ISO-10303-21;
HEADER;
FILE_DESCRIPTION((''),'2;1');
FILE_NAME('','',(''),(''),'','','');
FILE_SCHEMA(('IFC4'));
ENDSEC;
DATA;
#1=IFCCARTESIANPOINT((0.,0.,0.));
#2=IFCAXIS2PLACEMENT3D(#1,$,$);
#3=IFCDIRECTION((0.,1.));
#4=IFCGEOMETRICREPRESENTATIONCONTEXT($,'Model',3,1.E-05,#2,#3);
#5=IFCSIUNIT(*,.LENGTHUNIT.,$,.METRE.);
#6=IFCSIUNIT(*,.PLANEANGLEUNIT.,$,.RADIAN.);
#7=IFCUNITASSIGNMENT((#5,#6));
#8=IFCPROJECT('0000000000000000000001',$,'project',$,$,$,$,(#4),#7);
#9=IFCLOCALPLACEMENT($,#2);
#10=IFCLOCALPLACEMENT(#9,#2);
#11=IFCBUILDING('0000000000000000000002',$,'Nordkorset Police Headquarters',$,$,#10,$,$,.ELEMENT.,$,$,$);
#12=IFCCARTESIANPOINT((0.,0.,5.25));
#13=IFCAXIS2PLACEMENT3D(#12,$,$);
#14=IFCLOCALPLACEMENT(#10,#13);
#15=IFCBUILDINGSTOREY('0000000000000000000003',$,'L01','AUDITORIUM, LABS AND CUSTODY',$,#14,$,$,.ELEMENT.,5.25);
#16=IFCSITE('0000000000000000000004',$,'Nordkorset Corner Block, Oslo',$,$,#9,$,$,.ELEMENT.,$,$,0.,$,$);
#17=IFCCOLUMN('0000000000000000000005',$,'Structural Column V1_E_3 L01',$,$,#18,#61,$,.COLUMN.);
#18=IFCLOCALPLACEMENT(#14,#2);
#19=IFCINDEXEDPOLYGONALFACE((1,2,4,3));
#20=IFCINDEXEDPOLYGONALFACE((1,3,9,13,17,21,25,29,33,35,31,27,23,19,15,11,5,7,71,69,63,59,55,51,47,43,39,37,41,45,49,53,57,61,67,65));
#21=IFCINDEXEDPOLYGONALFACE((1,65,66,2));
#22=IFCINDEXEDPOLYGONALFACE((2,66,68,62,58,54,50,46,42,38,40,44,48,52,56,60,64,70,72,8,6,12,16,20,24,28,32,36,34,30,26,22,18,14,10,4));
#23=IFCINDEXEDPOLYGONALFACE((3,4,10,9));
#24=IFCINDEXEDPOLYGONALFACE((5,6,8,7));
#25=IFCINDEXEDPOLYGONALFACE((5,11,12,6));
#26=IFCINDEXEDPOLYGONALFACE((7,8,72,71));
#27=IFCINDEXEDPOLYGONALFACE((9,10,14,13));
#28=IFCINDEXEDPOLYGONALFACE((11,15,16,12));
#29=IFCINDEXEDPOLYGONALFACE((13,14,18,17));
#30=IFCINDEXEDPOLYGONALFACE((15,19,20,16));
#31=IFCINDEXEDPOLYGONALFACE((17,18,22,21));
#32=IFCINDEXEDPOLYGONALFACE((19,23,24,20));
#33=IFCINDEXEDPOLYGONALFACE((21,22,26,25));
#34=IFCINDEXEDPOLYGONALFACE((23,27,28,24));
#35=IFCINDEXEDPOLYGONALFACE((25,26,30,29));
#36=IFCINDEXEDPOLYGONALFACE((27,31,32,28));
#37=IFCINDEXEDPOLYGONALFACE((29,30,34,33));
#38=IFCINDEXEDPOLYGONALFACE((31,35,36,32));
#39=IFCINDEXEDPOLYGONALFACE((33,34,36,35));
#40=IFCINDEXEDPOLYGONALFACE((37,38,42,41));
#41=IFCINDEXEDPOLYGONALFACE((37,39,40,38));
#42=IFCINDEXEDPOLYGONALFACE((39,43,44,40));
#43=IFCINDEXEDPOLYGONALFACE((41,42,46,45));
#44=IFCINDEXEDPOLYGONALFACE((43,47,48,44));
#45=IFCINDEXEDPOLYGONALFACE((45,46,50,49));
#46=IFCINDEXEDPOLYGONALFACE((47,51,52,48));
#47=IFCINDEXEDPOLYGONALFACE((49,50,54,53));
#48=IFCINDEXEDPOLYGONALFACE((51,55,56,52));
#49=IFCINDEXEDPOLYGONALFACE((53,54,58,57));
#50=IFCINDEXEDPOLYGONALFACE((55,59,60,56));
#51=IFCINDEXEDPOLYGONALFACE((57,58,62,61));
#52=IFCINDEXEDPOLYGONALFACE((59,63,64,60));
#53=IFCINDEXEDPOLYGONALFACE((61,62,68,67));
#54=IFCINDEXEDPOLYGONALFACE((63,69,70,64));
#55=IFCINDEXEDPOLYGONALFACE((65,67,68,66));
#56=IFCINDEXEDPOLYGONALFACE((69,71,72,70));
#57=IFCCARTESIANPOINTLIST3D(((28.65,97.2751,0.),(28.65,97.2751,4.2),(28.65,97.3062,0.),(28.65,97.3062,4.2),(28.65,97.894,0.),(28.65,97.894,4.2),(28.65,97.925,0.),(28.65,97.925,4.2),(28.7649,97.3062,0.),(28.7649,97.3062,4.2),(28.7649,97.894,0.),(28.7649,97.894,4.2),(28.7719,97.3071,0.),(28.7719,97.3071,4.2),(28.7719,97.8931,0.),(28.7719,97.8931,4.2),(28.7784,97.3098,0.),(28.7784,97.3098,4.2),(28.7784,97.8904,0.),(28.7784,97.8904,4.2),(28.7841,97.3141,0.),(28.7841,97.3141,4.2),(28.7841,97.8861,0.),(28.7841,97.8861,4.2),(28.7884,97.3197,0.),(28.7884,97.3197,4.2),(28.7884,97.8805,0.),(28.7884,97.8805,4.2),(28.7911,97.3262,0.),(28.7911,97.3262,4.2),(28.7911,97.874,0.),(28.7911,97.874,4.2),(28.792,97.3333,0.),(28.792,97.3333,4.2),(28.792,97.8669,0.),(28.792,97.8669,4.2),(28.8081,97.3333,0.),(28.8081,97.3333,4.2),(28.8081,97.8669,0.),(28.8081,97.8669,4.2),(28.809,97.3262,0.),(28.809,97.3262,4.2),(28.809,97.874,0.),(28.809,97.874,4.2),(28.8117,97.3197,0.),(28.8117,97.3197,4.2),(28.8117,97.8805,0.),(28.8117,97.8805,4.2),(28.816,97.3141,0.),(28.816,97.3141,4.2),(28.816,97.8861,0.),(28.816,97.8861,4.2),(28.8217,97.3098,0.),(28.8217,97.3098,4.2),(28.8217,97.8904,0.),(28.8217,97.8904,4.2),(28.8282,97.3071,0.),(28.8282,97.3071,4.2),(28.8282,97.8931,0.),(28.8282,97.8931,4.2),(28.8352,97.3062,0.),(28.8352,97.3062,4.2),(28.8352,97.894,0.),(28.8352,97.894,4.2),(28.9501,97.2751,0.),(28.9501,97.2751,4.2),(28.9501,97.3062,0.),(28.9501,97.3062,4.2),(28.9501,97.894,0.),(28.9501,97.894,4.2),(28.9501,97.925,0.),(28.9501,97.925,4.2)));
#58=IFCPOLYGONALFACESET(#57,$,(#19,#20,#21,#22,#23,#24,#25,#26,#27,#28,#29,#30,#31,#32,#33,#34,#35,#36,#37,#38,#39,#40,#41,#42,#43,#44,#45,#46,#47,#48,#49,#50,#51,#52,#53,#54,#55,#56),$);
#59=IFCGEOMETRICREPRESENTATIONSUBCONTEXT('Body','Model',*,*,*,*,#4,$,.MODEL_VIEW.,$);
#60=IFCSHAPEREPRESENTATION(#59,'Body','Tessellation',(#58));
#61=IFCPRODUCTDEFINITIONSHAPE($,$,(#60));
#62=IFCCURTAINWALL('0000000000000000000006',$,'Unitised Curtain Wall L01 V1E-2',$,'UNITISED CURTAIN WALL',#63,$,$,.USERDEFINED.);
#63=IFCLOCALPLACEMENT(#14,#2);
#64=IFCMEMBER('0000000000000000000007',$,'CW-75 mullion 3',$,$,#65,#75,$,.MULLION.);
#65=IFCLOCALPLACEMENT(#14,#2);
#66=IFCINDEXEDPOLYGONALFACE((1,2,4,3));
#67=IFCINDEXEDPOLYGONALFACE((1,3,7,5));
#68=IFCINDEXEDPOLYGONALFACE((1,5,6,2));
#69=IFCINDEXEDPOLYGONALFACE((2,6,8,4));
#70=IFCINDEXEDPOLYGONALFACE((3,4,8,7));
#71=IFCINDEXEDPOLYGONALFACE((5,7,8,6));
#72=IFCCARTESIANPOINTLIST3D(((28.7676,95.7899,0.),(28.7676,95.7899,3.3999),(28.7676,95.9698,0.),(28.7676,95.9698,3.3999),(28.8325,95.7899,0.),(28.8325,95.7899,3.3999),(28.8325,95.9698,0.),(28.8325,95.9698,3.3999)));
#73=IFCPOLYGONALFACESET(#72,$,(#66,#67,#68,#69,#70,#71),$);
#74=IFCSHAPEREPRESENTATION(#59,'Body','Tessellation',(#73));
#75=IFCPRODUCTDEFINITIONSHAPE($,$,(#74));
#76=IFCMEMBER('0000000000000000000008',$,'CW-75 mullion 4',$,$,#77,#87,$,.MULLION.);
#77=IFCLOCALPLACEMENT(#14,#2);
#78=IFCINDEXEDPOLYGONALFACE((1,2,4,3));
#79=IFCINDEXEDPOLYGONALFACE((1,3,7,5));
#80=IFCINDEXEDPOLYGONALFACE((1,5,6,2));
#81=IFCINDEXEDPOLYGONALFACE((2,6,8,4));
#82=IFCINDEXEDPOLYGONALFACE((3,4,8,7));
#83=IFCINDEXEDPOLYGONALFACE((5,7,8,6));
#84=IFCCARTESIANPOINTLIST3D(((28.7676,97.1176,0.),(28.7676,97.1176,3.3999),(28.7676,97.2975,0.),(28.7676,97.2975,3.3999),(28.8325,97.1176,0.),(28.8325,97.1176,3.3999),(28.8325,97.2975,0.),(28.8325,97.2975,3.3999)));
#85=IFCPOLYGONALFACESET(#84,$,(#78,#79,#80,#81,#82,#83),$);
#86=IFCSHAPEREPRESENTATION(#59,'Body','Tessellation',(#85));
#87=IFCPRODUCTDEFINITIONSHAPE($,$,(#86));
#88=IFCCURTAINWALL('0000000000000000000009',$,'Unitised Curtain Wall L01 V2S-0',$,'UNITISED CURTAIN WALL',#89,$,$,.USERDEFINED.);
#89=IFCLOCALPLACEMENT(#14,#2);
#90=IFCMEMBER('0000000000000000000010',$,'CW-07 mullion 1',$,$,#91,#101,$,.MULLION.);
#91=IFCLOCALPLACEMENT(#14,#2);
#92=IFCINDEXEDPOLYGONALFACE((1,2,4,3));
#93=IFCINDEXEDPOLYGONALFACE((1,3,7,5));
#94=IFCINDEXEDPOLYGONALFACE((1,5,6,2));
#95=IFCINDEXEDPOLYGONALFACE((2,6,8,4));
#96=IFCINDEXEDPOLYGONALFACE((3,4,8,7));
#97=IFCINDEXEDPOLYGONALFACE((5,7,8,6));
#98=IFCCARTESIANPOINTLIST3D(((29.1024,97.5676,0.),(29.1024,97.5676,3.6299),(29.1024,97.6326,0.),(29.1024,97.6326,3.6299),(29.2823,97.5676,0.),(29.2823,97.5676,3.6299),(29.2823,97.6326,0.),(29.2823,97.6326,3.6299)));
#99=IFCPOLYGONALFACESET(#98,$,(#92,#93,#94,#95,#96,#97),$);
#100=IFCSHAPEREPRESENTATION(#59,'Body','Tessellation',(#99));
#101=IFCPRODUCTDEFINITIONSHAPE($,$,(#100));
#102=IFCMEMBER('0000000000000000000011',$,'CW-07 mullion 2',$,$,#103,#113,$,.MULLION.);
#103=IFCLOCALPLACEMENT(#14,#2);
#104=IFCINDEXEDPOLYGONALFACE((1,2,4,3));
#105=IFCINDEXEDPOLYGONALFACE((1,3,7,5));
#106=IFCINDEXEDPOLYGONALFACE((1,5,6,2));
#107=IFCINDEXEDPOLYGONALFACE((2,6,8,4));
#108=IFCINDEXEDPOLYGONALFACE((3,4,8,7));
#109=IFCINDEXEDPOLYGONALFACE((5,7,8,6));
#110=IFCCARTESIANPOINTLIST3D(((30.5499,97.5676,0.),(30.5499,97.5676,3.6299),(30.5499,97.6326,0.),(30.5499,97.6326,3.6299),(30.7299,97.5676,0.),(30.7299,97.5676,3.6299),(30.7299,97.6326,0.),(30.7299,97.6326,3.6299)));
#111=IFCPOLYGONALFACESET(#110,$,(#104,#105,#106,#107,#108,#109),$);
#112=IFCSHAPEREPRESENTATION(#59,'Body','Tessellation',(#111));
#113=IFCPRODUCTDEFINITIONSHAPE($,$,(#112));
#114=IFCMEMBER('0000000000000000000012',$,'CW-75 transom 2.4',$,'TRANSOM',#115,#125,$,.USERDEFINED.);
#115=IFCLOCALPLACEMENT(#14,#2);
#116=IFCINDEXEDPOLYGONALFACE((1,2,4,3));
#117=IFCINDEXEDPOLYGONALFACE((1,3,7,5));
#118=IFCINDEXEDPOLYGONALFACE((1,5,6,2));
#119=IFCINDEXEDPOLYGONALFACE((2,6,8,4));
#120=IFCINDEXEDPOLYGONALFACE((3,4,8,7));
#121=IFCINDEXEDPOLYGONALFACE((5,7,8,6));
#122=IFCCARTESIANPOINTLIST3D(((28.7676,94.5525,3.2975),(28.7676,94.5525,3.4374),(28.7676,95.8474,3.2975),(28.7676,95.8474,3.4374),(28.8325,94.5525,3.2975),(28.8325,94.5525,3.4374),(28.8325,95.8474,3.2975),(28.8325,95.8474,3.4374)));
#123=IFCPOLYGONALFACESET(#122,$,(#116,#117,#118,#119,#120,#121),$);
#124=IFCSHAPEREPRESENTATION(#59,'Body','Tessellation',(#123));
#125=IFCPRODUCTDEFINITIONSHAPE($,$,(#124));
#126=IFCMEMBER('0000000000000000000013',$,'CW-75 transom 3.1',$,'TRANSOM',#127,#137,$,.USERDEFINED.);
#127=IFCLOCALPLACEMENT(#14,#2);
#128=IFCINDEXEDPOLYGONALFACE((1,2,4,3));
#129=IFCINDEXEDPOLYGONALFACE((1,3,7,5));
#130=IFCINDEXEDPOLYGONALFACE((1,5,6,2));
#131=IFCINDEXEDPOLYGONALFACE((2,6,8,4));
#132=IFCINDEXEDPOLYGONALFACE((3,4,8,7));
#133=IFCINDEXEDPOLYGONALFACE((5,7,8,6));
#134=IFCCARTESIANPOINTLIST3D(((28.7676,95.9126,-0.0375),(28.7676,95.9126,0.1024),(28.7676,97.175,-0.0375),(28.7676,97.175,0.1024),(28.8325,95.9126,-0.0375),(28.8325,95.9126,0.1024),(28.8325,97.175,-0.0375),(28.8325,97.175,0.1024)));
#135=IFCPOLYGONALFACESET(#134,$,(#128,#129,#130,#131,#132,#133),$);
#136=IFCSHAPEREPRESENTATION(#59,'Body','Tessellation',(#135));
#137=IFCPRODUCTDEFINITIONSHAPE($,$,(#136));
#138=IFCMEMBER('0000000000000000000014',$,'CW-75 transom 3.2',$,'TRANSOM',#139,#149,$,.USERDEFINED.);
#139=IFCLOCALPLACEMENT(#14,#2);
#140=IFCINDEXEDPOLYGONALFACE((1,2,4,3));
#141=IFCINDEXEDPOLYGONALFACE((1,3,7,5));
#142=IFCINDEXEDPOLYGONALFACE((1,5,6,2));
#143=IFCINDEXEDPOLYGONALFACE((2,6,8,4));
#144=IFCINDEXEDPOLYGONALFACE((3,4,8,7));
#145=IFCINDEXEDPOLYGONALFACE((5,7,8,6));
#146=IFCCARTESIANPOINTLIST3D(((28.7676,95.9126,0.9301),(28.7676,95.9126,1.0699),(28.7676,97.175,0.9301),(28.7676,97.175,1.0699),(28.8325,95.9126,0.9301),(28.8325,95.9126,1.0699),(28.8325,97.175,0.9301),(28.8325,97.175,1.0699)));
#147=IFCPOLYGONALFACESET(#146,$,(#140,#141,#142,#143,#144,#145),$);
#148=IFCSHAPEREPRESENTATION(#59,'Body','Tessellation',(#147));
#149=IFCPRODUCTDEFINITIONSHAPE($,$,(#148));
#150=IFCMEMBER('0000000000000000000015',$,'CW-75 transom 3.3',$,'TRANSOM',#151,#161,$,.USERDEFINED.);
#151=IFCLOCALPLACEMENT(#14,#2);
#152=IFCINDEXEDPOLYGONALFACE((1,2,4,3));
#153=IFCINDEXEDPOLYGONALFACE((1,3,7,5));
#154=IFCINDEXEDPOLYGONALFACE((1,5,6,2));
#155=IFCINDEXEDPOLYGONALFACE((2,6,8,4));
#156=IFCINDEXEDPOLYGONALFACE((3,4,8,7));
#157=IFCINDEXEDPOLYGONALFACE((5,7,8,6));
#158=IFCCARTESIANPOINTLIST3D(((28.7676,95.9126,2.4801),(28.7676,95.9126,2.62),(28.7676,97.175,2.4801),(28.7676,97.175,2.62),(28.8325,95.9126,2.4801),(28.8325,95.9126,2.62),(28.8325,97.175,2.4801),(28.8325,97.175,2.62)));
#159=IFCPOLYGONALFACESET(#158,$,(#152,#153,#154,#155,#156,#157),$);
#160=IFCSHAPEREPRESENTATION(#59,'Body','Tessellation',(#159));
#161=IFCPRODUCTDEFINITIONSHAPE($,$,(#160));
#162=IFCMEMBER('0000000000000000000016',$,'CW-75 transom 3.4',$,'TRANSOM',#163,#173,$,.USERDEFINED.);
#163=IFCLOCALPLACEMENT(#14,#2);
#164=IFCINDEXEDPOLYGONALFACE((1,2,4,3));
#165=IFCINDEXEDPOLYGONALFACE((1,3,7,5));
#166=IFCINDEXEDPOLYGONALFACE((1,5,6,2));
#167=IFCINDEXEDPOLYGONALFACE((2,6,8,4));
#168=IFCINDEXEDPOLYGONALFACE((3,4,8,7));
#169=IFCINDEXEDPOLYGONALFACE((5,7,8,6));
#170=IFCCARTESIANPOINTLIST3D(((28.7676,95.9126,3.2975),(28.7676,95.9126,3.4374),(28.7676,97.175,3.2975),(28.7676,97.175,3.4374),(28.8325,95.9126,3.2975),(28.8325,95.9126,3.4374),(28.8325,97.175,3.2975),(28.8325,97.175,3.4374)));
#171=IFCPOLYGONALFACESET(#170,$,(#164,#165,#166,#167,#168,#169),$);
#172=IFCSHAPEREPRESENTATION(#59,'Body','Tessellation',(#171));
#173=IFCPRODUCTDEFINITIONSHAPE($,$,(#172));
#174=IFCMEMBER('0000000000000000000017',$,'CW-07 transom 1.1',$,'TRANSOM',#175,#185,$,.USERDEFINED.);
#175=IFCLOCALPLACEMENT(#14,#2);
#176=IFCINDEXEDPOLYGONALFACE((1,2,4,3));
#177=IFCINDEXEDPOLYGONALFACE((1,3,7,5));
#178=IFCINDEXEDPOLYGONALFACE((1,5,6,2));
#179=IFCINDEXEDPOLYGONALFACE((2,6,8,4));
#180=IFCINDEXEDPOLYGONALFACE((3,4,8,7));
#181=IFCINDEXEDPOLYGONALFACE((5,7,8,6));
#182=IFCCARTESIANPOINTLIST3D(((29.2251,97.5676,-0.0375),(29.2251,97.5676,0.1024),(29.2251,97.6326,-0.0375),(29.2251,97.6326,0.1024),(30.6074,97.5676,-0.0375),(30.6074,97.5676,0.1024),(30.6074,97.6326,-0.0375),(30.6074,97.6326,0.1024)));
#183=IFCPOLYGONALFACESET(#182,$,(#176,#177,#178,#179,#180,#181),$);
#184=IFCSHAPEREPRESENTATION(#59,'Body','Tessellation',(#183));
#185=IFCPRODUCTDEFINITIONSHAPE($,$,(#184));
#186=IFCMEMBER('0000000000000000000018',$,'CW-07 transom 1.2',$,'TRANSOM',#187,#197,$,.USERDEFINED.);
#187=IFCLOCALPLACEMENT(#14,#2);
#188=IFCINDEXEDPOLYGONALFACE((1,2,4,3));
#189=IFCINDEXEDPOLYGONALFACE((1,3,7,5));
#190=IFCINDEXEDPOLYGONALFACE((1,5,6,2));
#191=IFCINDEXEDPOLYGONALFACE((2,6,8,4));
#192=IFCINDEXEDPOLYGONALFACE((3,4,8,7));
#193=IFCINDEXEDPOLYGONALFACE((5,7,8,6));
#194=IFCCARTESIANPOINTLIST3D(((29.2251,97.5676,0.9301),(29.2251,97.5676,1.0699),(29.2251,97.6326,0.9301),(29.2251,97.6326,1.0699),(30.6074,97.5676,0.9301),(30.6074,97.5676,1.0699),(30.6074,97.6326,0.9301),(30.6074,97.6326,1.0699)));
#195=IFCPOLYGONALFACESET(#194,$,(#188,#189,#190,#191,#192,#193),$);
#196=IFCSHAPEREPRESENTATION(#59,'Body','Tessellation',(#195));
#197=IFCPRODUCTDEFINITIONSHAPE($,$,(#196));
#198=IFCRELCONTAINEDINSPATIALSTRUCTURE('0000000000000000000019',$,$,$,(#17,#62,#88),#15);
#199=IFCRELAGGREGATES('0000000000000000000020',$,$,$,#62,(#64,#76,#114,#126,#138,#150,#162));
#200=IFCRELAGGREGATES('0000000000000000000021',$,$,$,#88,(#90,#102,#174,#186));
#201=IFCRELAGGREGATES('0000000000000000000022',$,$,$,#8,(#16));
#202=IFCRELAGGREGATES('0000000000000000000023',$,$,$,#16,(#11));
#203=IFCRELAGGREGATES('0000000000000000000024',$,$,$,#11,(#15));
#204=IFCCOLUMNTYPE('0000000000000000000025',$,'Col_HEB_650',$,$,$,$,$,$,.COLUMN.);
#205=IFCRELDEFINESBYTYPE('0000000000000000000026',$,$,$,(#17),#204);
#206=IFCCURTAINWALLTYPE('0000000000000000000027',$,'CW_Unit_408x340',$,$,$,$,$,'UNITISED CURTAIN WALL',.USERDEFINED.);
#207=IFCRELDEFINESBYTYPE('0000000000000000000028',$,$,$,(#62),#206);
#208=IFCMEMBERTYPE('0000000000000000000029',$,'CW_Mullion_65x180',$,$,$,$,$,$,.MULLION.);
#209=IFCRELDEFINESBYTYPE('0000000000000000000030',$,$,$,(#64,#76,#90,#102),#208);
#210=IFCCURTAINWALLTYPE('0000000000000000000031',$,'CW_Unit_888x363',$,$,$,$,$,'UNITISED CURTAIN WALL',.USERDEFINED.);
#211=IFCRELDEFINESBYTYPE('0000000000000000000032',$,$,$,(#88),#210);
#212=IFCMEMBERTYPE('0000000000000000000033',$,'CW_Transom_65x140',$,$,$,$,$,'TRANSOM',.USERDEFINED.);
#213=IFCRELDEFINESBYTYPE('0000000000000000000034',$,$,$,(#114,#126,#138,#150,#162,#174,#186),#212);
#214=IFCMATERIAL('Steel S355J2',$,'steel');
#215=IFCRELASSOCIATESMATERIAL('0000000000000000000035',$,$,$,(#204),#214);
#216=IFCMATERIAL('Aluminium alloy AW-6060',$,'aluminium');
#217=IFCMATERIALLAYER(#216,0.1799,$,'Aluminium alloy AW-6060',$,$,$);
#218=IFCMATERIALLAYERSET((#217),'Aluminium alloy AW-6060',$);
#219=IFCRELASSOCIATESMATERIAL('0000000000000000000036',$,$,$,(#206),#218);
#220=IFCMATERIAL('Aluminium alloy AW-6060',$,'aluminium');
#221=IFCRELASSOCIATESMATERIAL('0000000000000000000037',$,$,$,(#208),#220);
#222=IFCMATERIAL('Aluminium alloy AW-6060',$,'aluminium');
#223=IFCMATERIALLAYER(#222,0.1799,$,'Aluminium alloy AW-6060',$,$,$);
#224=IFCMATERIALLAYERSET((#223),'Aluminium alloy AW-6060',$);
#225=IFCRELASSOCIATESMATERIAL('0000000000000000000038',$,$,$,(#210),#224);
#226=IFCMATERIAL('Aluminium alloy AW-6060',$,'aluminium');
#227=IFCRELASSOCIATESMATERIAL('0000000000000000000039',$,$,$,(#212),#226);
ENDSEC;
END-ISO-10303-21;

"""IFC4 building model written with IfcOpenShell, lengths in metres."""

from ifc_helpers import new_model, si_unit, direction, frame, origin, origin_2d, place, context, subcontext, project, spatial, rectangle, i_section, extrude, material, layer, layer_set, material_profile, profile_set, type_object, element, aggregate, save


model = new_model("IFC4")

# Units and contexts
model_context = context("Model", 3, precision=1e-05, world=origin(), true_north=direction((0.0, 1.0)))
body_context = subcontext(model_context, "Body", "Model", "MODEL_VIEW")
ifc_project = project(units=[si_unit("LENGTHUNIT", "METRE"), si_unit("PLANEANGLEUNIT", "RADIAN")], contexts=[model_context])

# Site, building, storey
site_placement = place(None, origin())
site = spatial("IfcSite", under=ifc_project, at=site_placement, Name="Nordkorset Corner Block, Oslo", CompositionType="ELEMENT", RefElevation=0.0)
building_placement = place(site_placement, origin())
building = spatial("IfcBuilding", under=site, at=building_placement, Name="Nordkorset Police Headquarters", CompositionType="ELEMENT")
storey_placement = place(building_placement, frame((0.0, 0.0, 5.25)))
storey = spatial("IfcBuildingStorey", under=building, at=storey_placement, Name="L01", Description="AUDITORIUM, LABS AND CUSTODY", CompositionType="ELEMENT", Elevation=5.25)

# Column
ifc_material_1 = material(Name="Steel S355J2", Category="steel")
ifc_material_profile_1 = material_profile(ifc_material_1, i_section(OverallWidth=0.3, OverallDepth=0.6499, WebThickness=0.0161, FlangeThickness=0.031, FilletRadius=0.0271, at=origin_2d()), Name="HEB 650")
ifc_profile_set_1 = profile_set([ifc_material_profile_1], Name="Steel S355J2")
column_type = type_object("IfcColumnType", Name="Col_HEB_650", PredefinedType="COLUMN", material=ifc_profile_set_1)
column_placement = place(storey_placement, frame((28.8, 97.6001, 0.0), z_axis=(0.0, 0.0, 1.0), x_axis=(1.0, 0.0, 0.0)))
element("IfcColumn", 1, at=column_placement, inside=storey, type_object=column_type, Name="Structural Column V1_E_3 L01", PredefinedType="COLUMN", context=body_context, shape_type="SweptSolid", body=[
    extrude(i_section(OverallWidth=0.3, OverallDepth=0.6499, WebThickness=0.0161, FlangeThickness=0.031, FilletRadius=0.0271, at=origin_2d()), origin(), (0.0, 0.0, 1.0), 4.2),
])

# Curtain walls, members
ifc_material_2 = material(Name="Aluminium alloy AW-6060", Category="aluminium")
ifc_layer_1 = layer(ifc_material_2, 0.1799, Name="Aluminium alloy AW-6060")
ifc_layer_set_1 = layer_set([ifc_layer_1], Name="Aluminium alloy AW-6060")
curtain_wall_type_1 = type_object("IfcCurtainWallType", Name="CW_Unit_408x340", ElementType="UNITISED CURTAIN WALL", PredefinedType="USERDEFINED", material=ifc_layer_set_1)
curtain_wall_1_placement = place(storey_placement, origin())
curtain_wall_1 = element("IfcCurtainWall", 2, at=curtain_wall_1_placement, inside=storey, type_object=curtain_wall_type_1, Name="Unitised Curtain Wall L01 V1E-2", ObjectType="UNITISED CURTAIN WALL", PredefinedType="USERDEFINED")
ifc_material_3 = material(Name="Aluminium alloy AW-6060", Category="aluminium")
ifc_material_profile_2 = material_profile(ifc_material_3, rectangle(XDim=0.0649, YDim=0.1799, at=origin_2d()), Name="ALU MULL 65x180")
ifc_profile_set_2 = profile_set([ifc_material_profile_2], Name="Aluminium alloy AW-6060")
member_type_1 = type_object("IfcMemberType", Name="CW_Mullion_65x180", PredefinedType="MULLION", material=ifc_profile_set_2)
member_1_placement = place(storey_placement, frame((28.8, 95.8799, 0.0), z_axis=(0.0, 0.0, 1.0), x_axis=(-1.0, 0.0, 0.0)))
member_1 = element("IfcMember", 3, at=member_1_placement, type_object=member_type_1, Name="CW-75 mullion 3", PredefinedType="MULLION", context=body_context, shape_type="SweptSolid", body=[
    extrude(rectangle(XDim=0.0649, YDim=0.1799, at=origin_2d()), origin(), (0.0, 0.0, 1.0), 3.3999),
])
member_2_placement = place(storey_placement, frame((28.8, 97.2075, 0.0), z_axis=(0.0, 0.0, 1.0), x_axis=(-1.0, 0.0, 0.0)))
member_2 = element("IfcMember", 4, at=member_2_placement, type_object=member_type_1, Name="CW-75 mullion 4", PredefinedType="MULLION", context=body_context, shape_type="SweptSolid", body=[
    extrude(rectangle(XDim=0.0649, YDim=0.1799, at=origin_2d()), origin(), (0.0, 0.0, 1.0), 3.3999),
])
ifc_material_4 = material(Name="Aluminium alloy AW-6060", Category="aluminium")
ifc_layer_2 = layer(ifc_material_4, 0.1799, Name="Aluminium alloy AW-6060")
ifc_layer_set_2 = layer_set([ifc_layer_2], Name="Aluminium alloy AW-6060")
curtain_wall_type_2 = type_object("IfcCurtainWallType", Name="CW_Unit_888x363", ElementType="UNITISED CURTAIN WALL", PredefinedType="USERDEFINED", material=ifc_layer_set_2)
curtain_wall_2_placement = place(storey_placement, origin())
curtain_wall_2 = element("IfcCurtainWall", 5, at=curtain_wall_2_placement, inside=storey, type_object=curtain_wall_type_2, Name="Unitised Curtain Wall L01 V2S-0", ObjectType="UNITISED CURTAIN WALL", PredefinedType="USERDEFINED")
member_3_placement = place(storey_placement, frame((29.1924, 97.6001, 0.0), z_axis=(0.0, 0.0, 1.0), x_axis=(0.0, 1.0, 0.0)))
member_3 = element("IfcMember", 6, at=member_3_placement, type_object=member_type_1, Name="CW-07 mullion 1", PredefinedType="MULLION", context=body_context, shape_type="SweptSolid", body=[
    extrude(rectangle(XDim=0.0649, YDim=0.1799, at=origin_2d()), origin(), (0.0, 0.0, 1.0), 3.6299),
])
member_4_placement = place(storey_placement, frame((30.6399, 97.6001, 0.0), z_axis=(0.0, 0.0, 1.0), x_axis=(0.0, 1.0, 0.0)))
member_4 = element("IfcMember", 7, at=member_4_placement, type_object=member_type_1, Name="CW-07 mullion 2", PredefinedType="MULLION", context=body_context, shape_type="SweptSolid", body=[
    extrude(rectangle(XDim=0.0649, YDim=0.1799, at=origin_2d()), origin(), (0.0, 0.0, 1.0), 3.6299),
])

# Members
ifc_material_5 = material(Name="Aluminium alloy AW-6060", Category="aluminium")
ifc_material_profile_3 = material_profile(ifc_material_5, rectangle(XDim=0.0649, YDim=0.1399, at=origin_2d()), Name="ALU TRAN 65x140")
ifc_profile_set_3 = profile_set([ifc_material_profile_3], Name="Aluminium alloy AW-6060")
member_type_2 = type_object("IfcMemberType", Name="CW_Transom_65x140", ElementType="TRANSOM", PredefinedType="USERDEFINED", material=ifc_profile_set_3)
member_5_placement = place(storey_placement, frame((28.8, 94.5525, 3.3674), z_axis=(0.0, 1.0, 0.0), x_axis=(-1.0, 0.0, 0.0)))
member_5 = element("IfcMember", 8, at=member_5_placement, type_object=member_type_2, Name="CW-75 transom 2.4", ObjectType="TRANSOM", PredefinedType="USERDEFINED", context=body_context, shape_type="SweptSolid", body=[
    extrude(rectangle(XDim=0.0649, YDim=0.1399, at=origin_2d()), origin(), (0.0, 0.0, 1.0), 1.2949),
])
member_6_placement = place(storey_placement, frame((28.8, 95.9126, 0.0325), z_axis=(0.0, 1.0, 0.0), x_axis=(-1.0, 0.0, 0.0)))
member_6 = element("IfcMember", 9, at=member_6_placement, type_object=member_type_2, Name="CW-75 transom 3.1", ObjectType="TRANSOM", PredefinedType="USERDEFINED", context=body_context, shape_type="SweptSolid", body=[
    extrude(rectangle(XDim=0.0649, YDim=0.1399, at=origin_2d()), origin(), (0.0, 0.0, 1.0), 1.2625),
])
member_7_placement = place(storey_placement, frame((28.8, 95.9126, 1.0), z_axis=(0.0, 1.0, 0.0), x_axis=(-1.0, 0.0, 0.0)))
member_7 = element("IfcMember", 10, at=member_7_placement, type_object=member_type_2, Name="CW-75 transom 3.2", ObjectType="TRANSOM", PredefinedType="USERDEFINED", context=body_context, shape_type="SweptSolid", body=[
    extrude(rectangle(XDim=0.0649, YDim=0.1399, at=origin_2d()), origin(), (0.0, 0.0, 1.0), 1.2625),
])
member_8_placement = place(storey_placement, frame((28.8, 95.9126, 2.55), z_axis=(0.0, 1.0, 0.0), x_axis=(-1.0, 0.0, 0.0)))
member_8 = element("IfcMember", 11, at=member_8_placement, type_object=member_type_2, Name="CW-75 transom 3.3", ObjectType="TRANSOM", PredefinedType="USERDEFINED", context=body_context, shape_type="SweptSolid", body=[
    extrude(rectangle(XDim=0.0649, YDim=0.1399, at=origin_2d()), origin(), (0.0, 0.0, 1.0), 1.2625),
])
member_9_placement = place(storey_placement, frame((28.8, 95.9126, 3.3674), z_axis=(0.0, 1.0, 0.0), x_axis=(-1.0, 0.0, 0.0)))
member_9 = element("IfcMember", 12, at=member_9_placement, type_object=member_type_2, Name="CW-75 transom 3.4", ObjectType="TRANSOM", PredefinedType="USERDEFINED", context=body_context, shape_type="SweptSolid", body=[
    extrude(rectangle(XDim=0.0649, YDim=0.1399, at=origin_2d()), origin(), (0.0, 0.0, 1.0), 1.2625),
])
member_10_placement = place(storey_placement, frame((29.2251, 97.6001, 0.0325), z_axis=(1.0, 0.0, 0.0), x_axis=(0.0, 1.0, 0.0)))
member_10 = element("IfcMember", 13, at=member_10_placement, type_object=member_type_2, Name="CW-07 transom 1.1", ObjectType="TRANSOM", PredefinedType="USERDEFINED", context=body_context, shape_type="SweptSolid", body=[
    extrude(rectangle(XDim=0.0649, YDim=0.1399, at=origin_2d()), origin(), (0.0, 0.0, 1.0), 1.3823),
])
member_11_placement = place(storey_placement, frame((29.2251, 97.6001, 1.0), z_axis=(1.0, 0.0, 0.0), x_axis=(0.0, 1.0, 0.0)))
member_11 = element("IfcMember", 14, at=member_11_placement, type_object=member_type_2, Name="CW-07 transom 1.2", ObjectType="TRANSOM", PredefinedType="USERDEFINED", context=body_context, shape_type="SweptSolid", body=[
    extrude(rectangle(XDim=0.0649, YDim=0.1399, at=origin_2d()), origin(), (0.0, 0.0, 1.0), 1.3823),
])

aggregate(curtain_wall_1, [member_1, member_2, member_5, member_6, member_7, member_8, member_9])
aggregate(curtain_wall_2, [member_3, member_4, member_10, member_11])

save(model, "model.ifc")
